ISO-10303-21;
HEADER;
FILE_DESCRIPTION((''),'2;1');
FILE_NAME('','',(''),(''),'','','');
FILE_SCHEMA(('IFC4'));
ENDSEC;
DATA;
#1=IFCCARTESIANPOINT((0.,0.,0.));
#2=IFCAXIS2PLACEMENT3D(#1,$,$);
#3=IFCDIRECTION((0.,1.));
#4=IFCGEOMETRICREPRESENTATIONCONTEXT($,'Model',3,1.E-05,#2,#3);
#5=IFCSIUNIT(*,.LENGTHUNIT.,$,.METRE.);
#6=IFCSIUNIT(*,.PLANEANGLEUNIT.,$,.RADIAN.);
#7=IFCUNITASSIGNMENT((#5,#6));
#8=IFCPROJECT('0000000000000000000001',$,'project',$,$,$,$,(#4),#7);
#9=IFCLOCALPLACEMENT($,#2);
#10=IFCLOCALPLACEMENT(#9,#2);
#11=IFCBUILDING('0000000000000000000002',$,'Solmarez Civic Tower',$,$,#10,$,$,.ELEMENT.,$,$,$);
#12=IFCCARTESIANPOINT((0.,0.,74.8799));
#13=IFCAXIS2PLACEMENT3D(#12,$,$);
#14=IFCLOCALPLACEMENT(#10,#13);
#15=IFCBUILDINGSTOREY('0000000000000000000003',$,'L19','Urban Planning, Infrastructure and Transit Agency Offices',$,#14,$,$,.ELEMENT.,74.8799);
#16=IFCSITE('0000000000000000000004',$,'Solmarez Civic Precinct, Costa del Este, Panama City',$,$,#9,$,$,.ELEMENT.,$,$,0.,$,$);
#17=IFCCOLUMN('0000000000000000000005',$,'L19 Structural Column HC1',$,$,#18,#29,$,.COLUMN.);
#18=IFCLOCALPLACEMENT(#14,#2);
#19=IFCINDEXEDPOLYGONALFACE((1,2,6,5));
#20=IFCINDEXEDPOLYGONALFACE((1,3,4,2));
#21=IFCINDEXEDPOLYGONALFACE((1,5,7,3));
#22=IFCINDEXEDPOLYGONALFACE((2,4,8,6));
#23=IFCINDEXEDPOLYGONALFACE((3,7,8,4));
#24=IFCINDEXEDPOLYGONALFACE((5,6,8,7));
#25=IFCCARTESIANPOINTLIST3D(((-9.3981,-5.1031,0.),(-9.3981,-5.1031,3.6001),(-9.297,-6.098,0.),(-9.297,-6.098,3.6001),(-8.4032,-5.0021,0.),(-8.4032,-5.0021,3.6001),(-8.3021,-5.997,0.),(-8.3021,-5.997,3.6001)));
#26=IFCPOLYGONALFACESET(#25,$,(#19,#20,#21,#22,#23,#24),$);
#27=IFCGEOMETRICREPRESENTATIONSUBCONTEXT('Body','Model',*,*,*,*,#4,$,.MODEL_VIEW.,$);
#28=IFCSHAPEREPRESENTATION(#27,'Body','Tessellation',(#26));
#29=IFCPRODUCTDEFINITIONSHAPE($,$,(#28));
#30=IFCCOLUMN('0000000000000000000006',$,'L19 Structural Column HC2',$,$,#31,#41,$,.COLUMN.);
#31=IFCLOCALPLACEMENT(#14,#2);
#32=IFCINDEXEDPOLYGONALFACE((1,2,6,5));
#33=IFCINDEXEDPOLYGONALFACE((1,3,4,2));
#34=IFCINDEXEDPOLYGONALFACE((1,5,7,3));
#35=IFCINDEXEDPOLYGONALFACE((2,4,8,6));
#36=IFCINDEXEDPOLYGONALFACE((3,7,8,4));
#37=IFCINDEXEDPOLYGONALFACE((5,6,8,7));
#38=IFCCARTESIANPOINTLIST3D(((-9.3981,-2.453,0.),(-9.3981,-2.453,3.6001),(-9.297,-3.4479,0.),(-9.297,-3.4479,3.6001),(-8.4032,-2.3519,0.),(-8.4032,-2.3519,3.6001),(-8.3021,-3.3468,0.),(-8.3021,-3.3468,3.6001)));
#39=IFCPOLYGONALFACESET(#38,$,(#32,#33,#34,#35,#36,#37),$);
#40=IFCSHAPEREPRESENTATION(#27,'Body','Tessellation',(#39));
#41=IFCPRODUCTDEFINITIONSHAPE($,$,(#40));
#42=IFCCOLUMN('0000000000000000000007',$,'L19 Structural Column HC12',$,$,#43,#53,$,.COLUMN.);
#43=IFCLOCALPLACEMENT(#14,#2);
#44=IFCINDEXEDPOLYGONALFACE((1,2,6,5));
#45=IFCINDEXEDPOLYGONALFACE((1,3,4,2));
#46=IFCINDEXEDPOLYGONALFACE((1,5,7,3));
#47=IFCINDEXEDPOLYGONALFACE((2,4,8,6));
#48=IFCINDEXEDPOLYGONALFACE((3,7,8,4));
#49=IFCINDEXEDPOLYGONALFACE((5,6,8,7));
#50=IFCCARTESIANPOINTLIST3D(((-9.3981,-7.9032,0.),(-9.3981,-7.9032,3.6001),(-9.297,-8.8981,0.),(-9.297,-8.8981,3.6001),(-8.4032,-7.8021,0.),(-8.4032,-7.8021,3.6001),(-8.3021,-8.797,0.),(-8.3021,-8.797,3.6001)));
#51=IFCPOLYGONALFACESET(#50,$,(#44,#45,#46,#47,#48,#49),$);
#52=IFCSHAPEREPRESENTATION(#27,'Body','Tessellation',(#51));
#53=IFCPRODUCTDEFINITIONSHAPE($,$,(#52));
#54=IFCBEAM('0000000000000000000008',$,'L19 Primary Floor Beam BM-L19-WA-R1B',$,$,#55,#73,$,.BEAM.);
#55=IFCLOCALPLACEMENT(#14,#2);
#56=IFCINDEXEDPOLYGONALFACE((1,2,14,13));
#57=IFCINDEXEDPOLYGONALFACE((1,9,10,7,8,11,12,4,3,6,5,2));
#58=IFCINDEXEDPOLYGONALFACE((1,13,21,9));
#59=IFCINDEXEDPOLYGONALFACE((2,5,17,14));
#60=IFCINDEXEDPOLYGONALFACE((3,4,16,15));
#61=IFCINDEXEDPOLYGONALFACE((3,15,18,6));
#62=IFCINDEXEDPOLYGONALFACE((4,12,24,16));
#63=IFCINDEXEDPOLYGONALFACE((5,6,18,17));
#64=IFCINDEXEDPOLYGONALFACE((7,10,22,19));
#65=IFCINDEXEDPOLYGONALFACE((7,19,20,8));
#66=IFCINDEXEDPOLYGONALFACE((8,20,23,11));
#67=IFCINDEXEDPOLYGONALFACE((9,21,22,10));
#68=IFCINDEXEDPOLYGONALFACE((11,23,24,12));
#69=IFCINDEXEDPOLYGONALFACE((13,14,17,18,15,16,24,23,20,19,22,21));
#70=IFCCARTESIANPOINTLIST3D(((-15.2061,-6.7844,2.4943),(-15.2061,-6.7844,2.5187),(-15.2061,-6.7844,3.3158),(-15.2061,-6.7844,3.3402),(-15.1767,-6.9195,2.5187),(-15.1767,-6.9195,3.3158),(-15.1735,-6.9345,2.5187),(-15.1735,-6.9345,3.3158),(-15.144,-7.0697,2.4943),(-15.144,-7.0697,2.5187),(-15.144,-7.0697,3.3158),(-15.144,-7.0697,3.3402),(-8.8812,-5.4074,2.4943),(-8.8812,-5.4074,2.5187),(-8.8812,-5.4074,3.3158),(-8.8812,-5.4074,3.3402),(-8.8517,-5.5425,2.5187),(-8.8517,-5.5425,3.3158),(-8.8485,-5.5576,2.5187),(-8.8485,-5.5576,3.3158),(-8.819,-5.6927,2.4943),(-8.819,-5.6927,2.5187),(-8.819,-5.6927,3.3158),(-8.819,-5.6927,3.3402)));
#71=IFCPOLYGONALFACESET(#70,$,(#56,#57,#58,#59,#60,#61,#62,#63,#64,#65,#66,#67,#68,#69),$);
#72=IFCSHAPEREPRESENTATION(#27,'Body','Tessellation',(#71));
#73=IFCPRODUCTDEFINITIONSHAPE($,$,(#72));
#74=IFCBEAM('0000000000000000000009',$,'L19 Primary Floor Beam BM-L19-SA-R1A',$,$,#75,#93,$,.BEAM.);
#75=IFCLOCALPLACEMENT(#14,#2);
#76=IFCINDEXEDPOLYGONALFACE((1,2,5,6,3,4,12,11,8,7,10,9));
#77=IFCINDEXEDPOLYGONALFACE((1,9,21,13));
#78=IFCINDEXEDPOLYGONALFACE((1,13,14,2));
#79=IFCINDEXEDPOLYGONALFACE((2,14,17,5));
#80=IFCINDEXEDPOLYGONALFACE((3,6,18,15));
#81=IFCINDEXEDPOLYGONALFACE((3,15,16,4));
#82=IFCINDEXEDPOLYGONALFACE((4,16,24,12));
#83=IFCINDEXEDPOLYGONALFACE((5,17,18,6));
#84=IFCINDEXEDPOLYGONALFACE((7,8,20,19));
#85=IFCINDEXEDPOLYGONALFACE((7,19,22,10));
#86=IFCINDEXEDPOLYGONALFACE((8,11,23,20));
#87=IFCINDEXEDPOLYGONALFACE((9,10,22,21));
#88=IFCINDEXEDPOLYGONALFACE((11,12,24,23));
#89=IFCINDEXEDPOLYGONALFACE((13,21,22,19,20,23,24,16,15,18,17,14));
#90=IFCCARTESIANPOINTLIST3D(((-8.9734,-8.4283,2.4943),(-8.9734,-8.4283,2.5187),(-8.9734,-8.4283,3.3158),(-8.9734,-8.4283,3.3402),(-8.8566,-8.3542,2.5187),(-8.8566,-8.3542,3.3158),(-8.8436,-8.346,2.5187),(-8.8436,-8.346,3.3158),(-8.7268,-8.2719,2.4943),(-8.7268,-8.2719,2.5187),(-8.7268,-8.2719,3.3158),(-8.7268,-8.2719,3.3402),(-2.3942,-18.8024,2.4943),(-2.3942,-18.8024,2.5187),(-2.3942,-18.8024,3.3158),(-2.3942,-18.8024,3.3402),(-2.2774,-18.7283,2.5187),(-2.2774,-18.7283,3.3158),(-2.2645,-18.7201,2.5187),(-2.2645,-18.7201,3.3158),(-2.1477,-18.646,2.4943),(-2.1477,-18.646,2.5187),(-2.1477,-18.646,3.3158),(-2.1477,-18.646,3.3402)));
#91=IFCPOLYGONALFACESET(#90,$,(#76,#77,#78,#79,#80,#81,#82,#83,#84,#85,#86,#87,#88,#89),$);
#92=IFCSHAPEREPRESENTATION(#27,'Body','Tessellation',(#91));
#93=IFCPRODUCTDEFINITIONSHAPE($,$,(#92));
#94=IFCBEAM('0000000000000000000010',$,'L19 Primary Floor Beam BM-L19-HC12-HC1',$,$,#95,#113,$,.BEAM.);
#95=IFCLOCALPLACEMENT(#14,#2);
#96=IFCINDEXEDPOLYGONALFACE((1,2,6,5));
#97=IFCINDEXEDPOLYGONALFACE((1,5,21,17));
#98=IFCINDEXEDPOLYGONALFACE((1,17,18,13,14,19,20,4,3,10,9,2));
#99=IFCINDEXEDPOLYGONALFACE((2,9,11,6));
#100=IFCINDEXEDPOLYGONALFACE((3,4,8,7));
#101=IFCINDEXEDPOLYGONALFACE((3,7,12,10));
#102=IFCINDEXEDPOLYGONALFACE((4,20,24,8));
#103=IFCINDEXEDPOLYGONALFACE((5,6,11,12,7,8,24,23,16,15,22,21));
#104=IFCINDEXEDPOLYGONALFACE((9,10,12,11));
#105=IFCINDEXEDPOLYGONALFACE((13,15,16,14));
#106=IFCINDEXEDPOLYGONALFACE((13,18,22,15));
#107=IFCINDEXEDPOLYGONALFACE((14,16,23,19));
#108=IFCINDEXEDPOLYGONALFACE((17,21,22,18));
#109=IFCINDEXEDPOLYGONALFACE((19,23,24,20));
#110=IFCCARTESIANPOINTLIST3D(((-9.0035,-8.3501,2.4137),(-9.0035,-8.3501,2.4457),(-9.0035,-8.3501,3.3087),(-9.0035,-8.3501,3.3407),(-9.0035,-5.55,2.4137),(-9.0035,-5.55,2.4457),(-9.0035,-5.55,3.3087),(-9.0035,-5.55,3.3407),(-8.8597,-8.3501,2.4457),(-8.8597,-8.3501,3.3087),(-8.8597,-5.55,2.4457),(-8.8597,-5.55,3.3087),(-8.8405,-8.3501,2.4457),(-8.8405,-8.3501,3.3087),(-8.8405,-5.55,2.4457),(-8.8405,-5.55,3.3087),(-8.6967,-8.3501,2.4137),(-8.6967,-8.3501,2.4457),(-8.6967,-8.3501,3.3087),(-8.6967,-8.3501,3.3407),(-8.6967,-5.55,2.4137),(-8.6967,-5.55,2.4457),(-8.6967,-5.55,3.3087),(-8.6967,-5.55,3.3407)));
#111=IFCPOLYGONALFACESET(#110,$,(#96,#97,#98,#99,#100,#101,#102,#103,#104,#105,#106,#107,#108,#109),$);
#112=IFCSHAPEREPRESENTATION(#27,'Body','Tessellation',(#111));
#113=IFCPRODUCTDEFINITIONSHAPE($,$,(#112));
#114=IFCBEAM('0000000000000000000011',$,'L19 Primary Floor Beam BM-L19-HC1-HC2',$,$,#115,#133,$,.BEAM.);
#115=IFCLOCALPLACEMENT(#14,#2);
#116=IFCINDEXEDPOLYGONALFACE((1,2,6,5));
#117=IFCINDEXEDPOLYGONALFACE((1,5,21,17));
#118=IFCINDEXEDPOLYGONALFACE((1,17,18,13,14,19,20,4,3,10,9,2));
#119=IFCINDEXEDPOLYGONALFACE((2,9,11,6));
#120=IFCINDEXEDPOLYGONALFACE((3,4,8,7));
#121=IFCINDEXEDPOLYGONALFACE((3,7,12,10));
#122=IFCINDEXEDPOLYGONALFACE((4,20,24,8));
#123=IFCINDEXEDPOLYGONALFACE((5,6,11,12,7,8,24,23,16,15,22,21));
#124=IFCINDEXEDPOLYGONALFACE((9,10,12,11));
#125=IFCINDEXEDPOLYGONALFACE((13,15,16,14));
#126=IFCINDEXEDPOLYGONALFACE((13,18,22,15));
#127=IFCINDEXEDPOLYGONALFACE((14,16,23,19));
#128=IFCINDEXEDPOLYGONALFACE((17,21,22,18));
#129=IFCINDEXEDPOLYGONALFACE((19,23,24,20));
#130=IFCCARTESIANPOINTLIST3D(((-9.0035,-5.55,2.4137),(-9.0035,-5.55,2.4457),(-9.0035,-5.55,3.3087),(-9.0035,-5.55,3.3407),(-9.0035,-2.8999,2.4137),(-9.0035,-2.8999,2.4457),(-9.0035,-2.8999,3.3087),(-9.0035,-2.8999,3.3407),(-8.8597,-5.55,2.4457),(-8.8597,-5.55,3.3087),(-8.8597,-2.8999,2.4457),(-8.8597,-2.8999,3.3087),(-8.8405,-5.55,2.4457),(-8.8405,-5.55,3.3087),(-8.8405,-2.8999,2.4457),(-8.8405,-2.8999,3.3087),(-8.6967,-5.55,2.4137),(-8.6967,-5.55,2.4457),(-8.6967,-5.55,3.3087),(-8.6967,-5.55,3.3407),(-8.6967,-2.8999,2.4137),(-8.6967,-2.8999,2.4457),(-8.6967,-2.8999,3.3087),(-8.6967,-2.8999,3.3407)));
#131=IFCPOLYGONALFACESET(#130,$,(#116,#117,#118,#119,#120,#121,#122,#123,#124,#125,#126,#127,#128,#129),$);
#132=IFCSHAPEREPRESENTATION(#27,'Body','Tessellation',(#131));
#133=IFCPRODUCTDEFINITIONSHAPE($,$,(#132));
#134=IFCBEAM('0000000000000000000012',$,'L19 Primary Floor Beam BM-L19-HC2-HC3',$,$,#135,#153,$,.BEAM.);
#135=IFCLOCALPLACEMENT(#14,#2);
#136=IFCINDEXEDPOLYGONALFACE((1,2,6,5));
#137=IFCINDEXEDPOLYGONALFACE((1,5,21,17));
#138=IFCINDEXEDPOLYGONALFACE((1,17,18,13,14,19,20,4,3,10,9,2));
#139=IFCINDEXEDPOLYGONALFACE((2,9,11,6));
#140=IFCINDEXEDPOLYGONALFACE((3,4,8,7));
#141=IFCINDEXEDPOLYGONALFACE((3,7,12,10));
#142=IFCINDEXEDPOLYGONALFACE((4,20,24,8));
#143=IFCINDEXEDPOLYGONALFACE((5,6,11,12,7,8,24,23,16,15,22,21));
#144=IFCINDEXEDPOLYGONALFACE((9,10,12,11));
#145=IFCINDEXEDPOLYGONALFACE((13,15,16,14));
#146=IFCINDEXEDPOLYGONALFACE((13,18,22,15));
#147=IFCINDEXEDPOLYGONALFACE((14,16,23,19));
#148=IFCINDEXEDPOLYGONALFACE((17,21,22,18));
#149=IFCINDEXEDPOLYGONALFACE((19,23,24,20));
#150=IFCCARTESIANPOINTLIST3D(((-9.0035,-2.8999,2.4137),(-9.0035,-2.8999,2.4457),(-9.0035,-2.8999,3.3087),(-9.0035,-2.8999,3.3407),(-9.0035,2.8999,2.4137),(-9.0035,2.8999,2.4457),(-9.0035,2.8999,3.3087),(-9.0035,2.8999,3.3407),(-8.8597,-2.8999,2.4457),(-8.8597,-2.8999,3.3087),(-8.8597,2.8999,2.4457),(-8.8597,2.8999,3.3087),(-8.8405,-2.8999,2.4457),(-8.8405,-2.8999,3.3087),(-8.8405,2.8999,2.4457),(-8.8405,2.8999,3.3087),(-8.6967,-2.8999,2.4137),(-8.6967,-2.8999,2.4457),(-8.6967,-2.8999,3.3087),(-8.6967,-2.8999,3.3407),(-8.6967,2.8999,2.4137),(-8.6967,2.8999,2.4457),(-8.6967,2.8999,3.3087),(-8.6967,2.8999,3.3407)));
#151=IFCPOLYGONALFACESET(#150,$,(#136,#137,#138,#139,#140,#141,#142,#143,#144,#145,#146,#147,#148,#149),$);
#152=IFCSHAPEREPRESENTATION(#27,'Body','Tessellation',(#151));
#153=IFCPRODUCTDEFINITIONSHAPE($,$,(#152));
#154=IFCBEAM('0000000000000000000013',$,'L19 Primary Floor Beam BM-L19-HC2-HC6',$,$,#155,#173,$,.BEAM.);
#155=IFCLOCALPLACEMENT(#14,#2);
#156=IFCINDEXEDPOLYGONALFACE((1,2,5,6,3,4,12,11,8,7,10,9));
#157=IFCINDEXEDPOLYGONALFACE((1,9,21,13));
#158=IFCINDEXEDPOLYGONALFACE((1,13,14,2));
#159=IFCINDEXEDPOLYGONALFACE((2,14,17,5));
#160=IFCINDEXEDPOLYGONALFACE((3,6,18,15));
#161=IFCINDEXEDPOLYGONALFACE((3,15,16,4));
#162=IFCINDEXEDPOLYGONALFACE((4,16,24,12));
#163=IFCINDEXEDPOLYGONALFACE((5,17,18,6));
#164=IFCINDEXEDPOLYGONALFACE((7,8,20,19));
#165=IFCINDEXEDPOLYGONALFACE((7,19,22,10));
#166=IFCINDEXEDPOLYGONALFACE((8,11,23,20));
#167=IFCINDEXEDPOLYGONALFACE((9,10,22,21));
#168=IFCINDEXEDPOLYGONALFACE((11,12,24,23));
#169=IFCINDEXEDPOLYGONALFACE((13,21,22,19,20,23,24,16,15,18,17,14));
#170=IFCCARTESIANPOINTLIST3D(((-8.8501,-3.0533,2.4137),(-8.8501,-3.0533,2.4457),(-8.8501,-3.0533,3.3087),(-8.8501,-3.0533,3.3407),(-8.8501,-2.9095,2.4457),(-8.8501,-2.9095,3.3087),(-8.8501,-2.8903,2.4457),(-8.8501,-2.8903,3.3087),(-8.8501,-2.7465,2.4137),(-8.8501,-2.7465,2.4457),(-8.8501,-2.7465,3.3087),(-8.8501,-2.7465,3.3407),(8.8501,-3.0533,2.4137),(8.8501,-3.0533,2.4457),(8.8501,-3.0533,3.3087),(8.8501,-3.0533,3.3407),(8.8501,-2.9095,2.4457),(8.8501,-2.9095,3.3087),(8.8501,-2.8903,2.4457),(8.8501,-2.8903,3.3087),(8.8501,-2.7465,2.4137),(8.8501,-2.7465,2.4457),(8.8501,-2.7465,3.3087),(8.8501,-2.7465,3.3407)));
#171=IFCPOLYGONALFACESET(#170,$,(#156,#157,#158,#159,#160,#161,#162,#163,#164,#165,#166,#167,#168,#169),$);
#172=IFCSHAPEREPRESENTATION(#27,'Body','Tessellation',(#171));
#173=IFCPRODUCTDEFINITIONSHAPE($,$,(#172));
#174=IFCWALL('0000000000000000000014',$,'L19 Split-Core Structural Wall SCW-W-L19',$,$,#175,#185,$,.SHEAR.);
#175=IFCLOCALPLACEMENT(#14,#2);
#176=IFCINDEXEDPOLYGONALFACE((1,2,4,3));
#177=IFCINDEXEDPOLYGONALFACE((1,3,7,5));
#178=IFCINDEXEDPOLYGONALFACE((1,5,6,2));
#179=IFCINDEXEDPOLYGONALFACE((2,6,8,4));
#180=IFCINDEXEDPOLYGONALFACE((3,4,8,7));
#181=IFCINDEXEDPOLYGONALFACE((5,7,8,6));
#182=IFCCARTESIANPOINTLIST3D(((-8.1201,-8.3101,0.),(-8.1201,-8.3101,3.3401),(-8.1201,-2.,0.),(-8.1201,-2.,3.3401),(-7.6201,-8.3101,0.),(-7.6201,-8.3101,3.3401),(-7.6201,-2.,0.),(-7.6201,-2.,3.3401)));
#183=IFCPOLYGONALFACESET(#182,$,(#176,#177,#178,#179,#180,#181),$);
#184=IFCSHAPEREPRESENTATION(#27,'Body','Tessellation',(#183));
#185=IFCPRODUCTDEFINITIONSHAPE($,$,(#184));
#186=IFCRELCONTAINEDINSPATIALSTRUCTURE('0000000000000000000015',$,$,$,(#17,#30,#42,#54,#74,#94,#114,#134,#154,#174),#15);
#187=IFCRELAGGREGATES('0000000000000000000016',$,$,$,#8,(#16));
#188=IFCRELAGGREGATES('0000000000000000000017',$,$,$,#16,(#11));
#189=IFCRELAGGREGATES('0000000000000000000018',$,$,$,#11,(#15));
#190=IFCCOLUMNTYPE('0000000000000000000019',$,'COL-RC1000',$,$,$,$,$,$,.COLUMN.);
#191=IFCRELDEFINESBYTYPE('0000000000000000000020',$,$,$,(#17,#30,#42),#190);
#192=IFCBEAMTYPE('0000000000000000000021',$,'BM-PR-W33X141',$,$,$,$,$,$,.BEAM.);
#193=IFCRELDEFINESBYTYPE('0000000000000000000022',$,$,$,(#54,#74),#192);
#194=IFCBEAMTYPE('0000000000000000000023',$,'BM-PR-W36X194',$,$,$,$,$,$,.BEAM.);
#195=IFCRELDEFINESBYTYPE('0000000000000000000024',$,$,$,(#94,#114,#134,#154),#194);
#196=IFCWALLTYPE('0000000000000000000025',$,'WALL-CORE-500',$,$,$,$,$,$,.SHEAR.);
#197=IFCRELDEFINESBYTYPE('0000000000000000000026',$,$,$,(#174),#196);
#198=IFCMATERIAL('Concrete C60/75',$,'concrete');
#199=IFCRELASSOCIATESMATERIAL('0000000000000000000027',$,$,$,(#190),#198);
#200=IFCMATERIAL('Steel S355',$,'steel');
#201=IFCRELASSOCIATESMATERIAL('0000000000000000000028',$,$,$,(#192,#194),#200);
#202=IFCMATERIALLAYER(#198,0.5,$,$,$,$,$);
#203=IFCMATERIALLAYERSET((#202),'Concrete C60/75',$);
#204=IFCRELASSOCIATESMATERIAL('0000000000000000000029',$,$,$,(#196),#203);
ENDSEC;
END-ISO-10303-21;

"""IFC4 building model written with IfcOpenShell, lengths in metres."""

from ifc_helpers import new_model, si_unit, direction, frame, frame_2d, origin, origin_2d, place, context, subcontext, project, spatial, rectangle, i_section, extrude, material, layer, layer_set, material_profile, profile_set, type_object, element, save


model = new_model("IFC4")

# Units and contexts
model_context = context("Model", 3, precision=1e-05, world=origin(), true_north=direction((0.0, 1.0)))
body_context = subcontext(model_context, "Body", "Model", "MODEL_VIEW")
ifc_project = project(units=[si_unit("LENGTHUNIT", "METRE"), si_unit("PLANEANGLEUNIT", "RADIAN")], contexts=[model_context])

# Site, building, storey
site_placement = place(None, origin())
site = spatial("IfcSite", under=ifc_project, at=site_placement, Name="Solmarez Civic Precinct, Costa del Este, Panama City", CompositionType="ELEMENT", RefElevation=0.0)
building_placement = place(site_placement, origin())
building = spatial("IfcBuilding", under=site, at=building_placement, Name="Solmarez Civic Tower", CompositionType="ELEMENT")
storey_placement = place(building_placement, frame((0.0, 0.0, 74.8799)))
storey = spatial("IfcBuildingStorey", under=building, at=storey_placement, Name="L19", Description="Urban Planning, Infrastructure and Transit Agency Offices", CompositionType="ELEMENT", Elevation=74.8799)

# Columns
ifc_material_1 = material(Name="Concrete C60/75", Category="concrete")
ifc_material_profile_1 = material_profile(ifc_material_1, rectangle(XDim=1.0, YDim=1.0, at=origin_2d()), Name="RC1000X1000")
ifc_profile_set_1 = profile_set([ifc_material_profile_1], Name="Concrete C60/75")
column_type = type_object("IfcColumnType", Name="COL-RC1000", PredefinedType="COLUMN", material=ifc_profile_set_1)
for number, where, z_axis, x_axis, name in (
    (1, (-8.8501, -5.55, 0.0), (0.0, 0.0, 1.0), (0.994881, 0.101056, 0.0), "L19 Structural Column HC1"),
    (2, (-8.8501, -2.8999, 0.0), (0.0, 0.0, 1.0), (0.994881, 0.101056, 0.0), "L19 Structural Column HC2"),
    (3, (-8.8501, -8.3501, 0.0), (0.0, 0.0, 1.0), (0.994881, 0.101056, 0.0), "L19 Structural Column HC12"),
):
    element("IfcColumn", number, at=place(storey_placement, frame(where, z_axis=z_axis, x_axis=x_axis)), inside=storey, type_object=column_type, Name=name, PredefinedType="COLUMN", context=body_context, shape_type="SweptSolid", body=[
        extrude(rectangle(XDim=1.0, YDim=1.0, at=origin_2d()), origin(), (0.0, 0.0, 1.0), 3.6001),
    ])

# Beams
ifc_material_2 = material(Name="Steel S355", Category="steel")
ifc_material_profile_2 = material_profile(ifc_material_2, i_section(OverallWidth=0.292, OverallDepth=0.8459, WebThickness=0.0154, FlangeThickness=0.0244, at=origin_2d()), Name="W33X141")
ifc_profile_set_2 = profile_set([ifc_material_profile_2], Name="Steel S355")
beam_type_1 = type_object("IfcBeamType", Name="BM-PR-W33X141", PredefinedType="BEAM", material=ifc_profile_set_2)
beam_1_placement = place(storey_placement, frame((-8.8501, -5.55, 2.9172), z_axis=(-0.977113, -0.212719, 0.0), x_axis=(0.212719, -0.977113, 0.0)))
element("IfcBeam", 4, at=beam_1_placement, inside=storey, type_object=beam_type_1, Name="L19 Primary Floor Beam BM-L19-WA-R1B", PredefinedType="BEAM", context=body_context, shape_type="SweptSolid", body=[
    extrude(i_section(OverallWidth=0.292, OverallDepth=0.8459, WebThickness=0.0154, FlangeThickness=0.0244, at=origin_2d()), origin(), (0.0, 0.0, 1.0), 6.4731),
])
beam_2_placement = place(storey_placement, frame((-8.8501, -8.3501, 2.9172), z_axis=(0.535568, -0.844492, 0.0), x_axis=(0.844492, 0.535568, 0.0)))
element("IfcBeam", 5, at=beam_2_placement, inside=storey, type_object=beam_type_1, Name="L19 Primary Floor Beam BM-L19-SA-R1A", PredefinedType="BEAM", context=body_context, shape_type="SweptSolid", body=[
    extrude(i_section(OverallWidth=0.292, OverallDepth=0.8459, WebThickness=0.0154, FlangeThickness=0.0244, at=origin_2d()), origin(), (0.0, 0.0, 1.0), 12.2844),
])
ifc_material_profile_3 = material_profile(ifc_material_2, i_section(OverallWidth=0.3069, OverallDepth=0.927, WebThickness=0.0193, FlangeThickness=0.032, at=origin_2d()), Name="W36X194")
ifc_profile_set_3 = profile_set([ifc_material_profile_3], Name="Steel S355")
beam_type_2 = type_object("IfcBeamType", Name="BM-PR-W36X194", PredefinedType="BEAM", material=ifc_profile_set_3)
beam_3_placement = place(storey_placement, frame((-8.8501, -8.3501, 2.8772), z_axis=(0.0, 1.0, 0.0), x_axis=(-1.0, 0.0, 0.0)))
element("IfcBeam", 6, at=beam_3_placement, inside=storey, type_object=beam_type_2, Name="L19 Primary Floor Beam BM-L19-HC12-HC1", PredefinedType="BEAM", context=body_context, shape_type="SweptSolid", body=[
    extrude(i_section(OverallWidth=0.3069, OverallDepth=0.927, WebThickness=0.0193, FlangeThickness=0.032, at=origin_2d()), origin(), (0.0, 0.0, 1.0), 2.8),
])
beam_4_placement = place(storey_placement, frame((-8.8501, -5.55, 2.8772), z_axis=(0.0, 1.0, 0.0), x_axis=(-1.0, 0.0, 0.0)))
element("IfcBeam", 7, at=beam_4_placement, inside=storey, type_object=beam_type_2, Name="L19 Primary Floor Beam BM-L19-HC1-HC2", PredefinedType="BEAM", context=body_context, shape_type="SweptSolid", body=[
    extrude(i_section(OverallWidth=0.3069, OverallDepth=0.927, WebThickness=0.0193, FlangeThickness=0.032, at=origin_2d()), origin(), (0.0, 0.0, 1.0), 2.6501),
])
beam_5_placement = place(storey_placement, frame((-8.8501, -2.8999, 2.8772), z_axis=(0.0, 1.0, 0.0), x_axis=(-1.0, 0.0, 0.0)))
element("IfcBeam", 8, at=beam_5_placement, inside=storey, type_object=beam_type_2, Name="L19 Primary Floor Beam BM-L19-HC2-HC3", PredefinedType="BEAM", context=body_context, shape_type="SweptSolid", body=[
    extrude(i_section(OverallWidth=0.3069, OverallDepth=0.927, WebThickness=0.0193, FlangeThickness=0.032, at=origin_2d()), origin(), (0.0, 0.0, 1.0), 5.7998),
])
beam_6_placement = place(storey_placement, frame((-8.8501, -2.8999, 2.8772), z_axis=(1.0, 0.0, 0.0), x_axis=(0.0, 1.0, 0.0)))
element("IfcBeam", 9, at=beam_6_placement, inside=storey, type_object=beam_type_2, Name="L19 Primary Floor Beam BM-L19-HC2-HC6", PredefinedType="BEAM", context=body_context, shape_type="SweptSolid", body=[
    extrude(i_section(OverallWidth=0.3069, OverallDepth=0.927, WebThickness=0.0193, FlangeThickness=0.032, at=origin_2d()), origin(), (0.0, 0.0, 1.0), 17.7002),
])

# Shared definitions
ifc_layer_1 = layer(ifc_material_1, 0.5)
ifc_layer_set_1 = layer_set([ifc_layer_1], Name="Concrete C60/75")
wall_type_1 = type_object("IfcWallType", Name="WALL-CORE-500", PredefinedType="SHEAR", material=ifc_layer_set_1)

# Wall
wall_1_placement = place(storey_placement, frame((-7.8701, -8.3101, 0.0), z_axis=(0.0, 0.0, 1.0), x_axis=(0.0, 1.0, 0.0)))
element("IfcWall", 10, at=wall_1_placement, inside=storey, type_object=wall_type_1, Name="L19 Split-Core Structural Wall SCW-W-L19", PredefinedType="SHEAR", context=body_context, shape_type="SweptSolid", body=[
    extrude(rectangle(XDim=6.3101, YDim=0.5, at=frame_2d((3.155, 0.0))), origin(), (0.0, 0.0, 1.0), 3.3401),
])

save(model, "model.ifc")
